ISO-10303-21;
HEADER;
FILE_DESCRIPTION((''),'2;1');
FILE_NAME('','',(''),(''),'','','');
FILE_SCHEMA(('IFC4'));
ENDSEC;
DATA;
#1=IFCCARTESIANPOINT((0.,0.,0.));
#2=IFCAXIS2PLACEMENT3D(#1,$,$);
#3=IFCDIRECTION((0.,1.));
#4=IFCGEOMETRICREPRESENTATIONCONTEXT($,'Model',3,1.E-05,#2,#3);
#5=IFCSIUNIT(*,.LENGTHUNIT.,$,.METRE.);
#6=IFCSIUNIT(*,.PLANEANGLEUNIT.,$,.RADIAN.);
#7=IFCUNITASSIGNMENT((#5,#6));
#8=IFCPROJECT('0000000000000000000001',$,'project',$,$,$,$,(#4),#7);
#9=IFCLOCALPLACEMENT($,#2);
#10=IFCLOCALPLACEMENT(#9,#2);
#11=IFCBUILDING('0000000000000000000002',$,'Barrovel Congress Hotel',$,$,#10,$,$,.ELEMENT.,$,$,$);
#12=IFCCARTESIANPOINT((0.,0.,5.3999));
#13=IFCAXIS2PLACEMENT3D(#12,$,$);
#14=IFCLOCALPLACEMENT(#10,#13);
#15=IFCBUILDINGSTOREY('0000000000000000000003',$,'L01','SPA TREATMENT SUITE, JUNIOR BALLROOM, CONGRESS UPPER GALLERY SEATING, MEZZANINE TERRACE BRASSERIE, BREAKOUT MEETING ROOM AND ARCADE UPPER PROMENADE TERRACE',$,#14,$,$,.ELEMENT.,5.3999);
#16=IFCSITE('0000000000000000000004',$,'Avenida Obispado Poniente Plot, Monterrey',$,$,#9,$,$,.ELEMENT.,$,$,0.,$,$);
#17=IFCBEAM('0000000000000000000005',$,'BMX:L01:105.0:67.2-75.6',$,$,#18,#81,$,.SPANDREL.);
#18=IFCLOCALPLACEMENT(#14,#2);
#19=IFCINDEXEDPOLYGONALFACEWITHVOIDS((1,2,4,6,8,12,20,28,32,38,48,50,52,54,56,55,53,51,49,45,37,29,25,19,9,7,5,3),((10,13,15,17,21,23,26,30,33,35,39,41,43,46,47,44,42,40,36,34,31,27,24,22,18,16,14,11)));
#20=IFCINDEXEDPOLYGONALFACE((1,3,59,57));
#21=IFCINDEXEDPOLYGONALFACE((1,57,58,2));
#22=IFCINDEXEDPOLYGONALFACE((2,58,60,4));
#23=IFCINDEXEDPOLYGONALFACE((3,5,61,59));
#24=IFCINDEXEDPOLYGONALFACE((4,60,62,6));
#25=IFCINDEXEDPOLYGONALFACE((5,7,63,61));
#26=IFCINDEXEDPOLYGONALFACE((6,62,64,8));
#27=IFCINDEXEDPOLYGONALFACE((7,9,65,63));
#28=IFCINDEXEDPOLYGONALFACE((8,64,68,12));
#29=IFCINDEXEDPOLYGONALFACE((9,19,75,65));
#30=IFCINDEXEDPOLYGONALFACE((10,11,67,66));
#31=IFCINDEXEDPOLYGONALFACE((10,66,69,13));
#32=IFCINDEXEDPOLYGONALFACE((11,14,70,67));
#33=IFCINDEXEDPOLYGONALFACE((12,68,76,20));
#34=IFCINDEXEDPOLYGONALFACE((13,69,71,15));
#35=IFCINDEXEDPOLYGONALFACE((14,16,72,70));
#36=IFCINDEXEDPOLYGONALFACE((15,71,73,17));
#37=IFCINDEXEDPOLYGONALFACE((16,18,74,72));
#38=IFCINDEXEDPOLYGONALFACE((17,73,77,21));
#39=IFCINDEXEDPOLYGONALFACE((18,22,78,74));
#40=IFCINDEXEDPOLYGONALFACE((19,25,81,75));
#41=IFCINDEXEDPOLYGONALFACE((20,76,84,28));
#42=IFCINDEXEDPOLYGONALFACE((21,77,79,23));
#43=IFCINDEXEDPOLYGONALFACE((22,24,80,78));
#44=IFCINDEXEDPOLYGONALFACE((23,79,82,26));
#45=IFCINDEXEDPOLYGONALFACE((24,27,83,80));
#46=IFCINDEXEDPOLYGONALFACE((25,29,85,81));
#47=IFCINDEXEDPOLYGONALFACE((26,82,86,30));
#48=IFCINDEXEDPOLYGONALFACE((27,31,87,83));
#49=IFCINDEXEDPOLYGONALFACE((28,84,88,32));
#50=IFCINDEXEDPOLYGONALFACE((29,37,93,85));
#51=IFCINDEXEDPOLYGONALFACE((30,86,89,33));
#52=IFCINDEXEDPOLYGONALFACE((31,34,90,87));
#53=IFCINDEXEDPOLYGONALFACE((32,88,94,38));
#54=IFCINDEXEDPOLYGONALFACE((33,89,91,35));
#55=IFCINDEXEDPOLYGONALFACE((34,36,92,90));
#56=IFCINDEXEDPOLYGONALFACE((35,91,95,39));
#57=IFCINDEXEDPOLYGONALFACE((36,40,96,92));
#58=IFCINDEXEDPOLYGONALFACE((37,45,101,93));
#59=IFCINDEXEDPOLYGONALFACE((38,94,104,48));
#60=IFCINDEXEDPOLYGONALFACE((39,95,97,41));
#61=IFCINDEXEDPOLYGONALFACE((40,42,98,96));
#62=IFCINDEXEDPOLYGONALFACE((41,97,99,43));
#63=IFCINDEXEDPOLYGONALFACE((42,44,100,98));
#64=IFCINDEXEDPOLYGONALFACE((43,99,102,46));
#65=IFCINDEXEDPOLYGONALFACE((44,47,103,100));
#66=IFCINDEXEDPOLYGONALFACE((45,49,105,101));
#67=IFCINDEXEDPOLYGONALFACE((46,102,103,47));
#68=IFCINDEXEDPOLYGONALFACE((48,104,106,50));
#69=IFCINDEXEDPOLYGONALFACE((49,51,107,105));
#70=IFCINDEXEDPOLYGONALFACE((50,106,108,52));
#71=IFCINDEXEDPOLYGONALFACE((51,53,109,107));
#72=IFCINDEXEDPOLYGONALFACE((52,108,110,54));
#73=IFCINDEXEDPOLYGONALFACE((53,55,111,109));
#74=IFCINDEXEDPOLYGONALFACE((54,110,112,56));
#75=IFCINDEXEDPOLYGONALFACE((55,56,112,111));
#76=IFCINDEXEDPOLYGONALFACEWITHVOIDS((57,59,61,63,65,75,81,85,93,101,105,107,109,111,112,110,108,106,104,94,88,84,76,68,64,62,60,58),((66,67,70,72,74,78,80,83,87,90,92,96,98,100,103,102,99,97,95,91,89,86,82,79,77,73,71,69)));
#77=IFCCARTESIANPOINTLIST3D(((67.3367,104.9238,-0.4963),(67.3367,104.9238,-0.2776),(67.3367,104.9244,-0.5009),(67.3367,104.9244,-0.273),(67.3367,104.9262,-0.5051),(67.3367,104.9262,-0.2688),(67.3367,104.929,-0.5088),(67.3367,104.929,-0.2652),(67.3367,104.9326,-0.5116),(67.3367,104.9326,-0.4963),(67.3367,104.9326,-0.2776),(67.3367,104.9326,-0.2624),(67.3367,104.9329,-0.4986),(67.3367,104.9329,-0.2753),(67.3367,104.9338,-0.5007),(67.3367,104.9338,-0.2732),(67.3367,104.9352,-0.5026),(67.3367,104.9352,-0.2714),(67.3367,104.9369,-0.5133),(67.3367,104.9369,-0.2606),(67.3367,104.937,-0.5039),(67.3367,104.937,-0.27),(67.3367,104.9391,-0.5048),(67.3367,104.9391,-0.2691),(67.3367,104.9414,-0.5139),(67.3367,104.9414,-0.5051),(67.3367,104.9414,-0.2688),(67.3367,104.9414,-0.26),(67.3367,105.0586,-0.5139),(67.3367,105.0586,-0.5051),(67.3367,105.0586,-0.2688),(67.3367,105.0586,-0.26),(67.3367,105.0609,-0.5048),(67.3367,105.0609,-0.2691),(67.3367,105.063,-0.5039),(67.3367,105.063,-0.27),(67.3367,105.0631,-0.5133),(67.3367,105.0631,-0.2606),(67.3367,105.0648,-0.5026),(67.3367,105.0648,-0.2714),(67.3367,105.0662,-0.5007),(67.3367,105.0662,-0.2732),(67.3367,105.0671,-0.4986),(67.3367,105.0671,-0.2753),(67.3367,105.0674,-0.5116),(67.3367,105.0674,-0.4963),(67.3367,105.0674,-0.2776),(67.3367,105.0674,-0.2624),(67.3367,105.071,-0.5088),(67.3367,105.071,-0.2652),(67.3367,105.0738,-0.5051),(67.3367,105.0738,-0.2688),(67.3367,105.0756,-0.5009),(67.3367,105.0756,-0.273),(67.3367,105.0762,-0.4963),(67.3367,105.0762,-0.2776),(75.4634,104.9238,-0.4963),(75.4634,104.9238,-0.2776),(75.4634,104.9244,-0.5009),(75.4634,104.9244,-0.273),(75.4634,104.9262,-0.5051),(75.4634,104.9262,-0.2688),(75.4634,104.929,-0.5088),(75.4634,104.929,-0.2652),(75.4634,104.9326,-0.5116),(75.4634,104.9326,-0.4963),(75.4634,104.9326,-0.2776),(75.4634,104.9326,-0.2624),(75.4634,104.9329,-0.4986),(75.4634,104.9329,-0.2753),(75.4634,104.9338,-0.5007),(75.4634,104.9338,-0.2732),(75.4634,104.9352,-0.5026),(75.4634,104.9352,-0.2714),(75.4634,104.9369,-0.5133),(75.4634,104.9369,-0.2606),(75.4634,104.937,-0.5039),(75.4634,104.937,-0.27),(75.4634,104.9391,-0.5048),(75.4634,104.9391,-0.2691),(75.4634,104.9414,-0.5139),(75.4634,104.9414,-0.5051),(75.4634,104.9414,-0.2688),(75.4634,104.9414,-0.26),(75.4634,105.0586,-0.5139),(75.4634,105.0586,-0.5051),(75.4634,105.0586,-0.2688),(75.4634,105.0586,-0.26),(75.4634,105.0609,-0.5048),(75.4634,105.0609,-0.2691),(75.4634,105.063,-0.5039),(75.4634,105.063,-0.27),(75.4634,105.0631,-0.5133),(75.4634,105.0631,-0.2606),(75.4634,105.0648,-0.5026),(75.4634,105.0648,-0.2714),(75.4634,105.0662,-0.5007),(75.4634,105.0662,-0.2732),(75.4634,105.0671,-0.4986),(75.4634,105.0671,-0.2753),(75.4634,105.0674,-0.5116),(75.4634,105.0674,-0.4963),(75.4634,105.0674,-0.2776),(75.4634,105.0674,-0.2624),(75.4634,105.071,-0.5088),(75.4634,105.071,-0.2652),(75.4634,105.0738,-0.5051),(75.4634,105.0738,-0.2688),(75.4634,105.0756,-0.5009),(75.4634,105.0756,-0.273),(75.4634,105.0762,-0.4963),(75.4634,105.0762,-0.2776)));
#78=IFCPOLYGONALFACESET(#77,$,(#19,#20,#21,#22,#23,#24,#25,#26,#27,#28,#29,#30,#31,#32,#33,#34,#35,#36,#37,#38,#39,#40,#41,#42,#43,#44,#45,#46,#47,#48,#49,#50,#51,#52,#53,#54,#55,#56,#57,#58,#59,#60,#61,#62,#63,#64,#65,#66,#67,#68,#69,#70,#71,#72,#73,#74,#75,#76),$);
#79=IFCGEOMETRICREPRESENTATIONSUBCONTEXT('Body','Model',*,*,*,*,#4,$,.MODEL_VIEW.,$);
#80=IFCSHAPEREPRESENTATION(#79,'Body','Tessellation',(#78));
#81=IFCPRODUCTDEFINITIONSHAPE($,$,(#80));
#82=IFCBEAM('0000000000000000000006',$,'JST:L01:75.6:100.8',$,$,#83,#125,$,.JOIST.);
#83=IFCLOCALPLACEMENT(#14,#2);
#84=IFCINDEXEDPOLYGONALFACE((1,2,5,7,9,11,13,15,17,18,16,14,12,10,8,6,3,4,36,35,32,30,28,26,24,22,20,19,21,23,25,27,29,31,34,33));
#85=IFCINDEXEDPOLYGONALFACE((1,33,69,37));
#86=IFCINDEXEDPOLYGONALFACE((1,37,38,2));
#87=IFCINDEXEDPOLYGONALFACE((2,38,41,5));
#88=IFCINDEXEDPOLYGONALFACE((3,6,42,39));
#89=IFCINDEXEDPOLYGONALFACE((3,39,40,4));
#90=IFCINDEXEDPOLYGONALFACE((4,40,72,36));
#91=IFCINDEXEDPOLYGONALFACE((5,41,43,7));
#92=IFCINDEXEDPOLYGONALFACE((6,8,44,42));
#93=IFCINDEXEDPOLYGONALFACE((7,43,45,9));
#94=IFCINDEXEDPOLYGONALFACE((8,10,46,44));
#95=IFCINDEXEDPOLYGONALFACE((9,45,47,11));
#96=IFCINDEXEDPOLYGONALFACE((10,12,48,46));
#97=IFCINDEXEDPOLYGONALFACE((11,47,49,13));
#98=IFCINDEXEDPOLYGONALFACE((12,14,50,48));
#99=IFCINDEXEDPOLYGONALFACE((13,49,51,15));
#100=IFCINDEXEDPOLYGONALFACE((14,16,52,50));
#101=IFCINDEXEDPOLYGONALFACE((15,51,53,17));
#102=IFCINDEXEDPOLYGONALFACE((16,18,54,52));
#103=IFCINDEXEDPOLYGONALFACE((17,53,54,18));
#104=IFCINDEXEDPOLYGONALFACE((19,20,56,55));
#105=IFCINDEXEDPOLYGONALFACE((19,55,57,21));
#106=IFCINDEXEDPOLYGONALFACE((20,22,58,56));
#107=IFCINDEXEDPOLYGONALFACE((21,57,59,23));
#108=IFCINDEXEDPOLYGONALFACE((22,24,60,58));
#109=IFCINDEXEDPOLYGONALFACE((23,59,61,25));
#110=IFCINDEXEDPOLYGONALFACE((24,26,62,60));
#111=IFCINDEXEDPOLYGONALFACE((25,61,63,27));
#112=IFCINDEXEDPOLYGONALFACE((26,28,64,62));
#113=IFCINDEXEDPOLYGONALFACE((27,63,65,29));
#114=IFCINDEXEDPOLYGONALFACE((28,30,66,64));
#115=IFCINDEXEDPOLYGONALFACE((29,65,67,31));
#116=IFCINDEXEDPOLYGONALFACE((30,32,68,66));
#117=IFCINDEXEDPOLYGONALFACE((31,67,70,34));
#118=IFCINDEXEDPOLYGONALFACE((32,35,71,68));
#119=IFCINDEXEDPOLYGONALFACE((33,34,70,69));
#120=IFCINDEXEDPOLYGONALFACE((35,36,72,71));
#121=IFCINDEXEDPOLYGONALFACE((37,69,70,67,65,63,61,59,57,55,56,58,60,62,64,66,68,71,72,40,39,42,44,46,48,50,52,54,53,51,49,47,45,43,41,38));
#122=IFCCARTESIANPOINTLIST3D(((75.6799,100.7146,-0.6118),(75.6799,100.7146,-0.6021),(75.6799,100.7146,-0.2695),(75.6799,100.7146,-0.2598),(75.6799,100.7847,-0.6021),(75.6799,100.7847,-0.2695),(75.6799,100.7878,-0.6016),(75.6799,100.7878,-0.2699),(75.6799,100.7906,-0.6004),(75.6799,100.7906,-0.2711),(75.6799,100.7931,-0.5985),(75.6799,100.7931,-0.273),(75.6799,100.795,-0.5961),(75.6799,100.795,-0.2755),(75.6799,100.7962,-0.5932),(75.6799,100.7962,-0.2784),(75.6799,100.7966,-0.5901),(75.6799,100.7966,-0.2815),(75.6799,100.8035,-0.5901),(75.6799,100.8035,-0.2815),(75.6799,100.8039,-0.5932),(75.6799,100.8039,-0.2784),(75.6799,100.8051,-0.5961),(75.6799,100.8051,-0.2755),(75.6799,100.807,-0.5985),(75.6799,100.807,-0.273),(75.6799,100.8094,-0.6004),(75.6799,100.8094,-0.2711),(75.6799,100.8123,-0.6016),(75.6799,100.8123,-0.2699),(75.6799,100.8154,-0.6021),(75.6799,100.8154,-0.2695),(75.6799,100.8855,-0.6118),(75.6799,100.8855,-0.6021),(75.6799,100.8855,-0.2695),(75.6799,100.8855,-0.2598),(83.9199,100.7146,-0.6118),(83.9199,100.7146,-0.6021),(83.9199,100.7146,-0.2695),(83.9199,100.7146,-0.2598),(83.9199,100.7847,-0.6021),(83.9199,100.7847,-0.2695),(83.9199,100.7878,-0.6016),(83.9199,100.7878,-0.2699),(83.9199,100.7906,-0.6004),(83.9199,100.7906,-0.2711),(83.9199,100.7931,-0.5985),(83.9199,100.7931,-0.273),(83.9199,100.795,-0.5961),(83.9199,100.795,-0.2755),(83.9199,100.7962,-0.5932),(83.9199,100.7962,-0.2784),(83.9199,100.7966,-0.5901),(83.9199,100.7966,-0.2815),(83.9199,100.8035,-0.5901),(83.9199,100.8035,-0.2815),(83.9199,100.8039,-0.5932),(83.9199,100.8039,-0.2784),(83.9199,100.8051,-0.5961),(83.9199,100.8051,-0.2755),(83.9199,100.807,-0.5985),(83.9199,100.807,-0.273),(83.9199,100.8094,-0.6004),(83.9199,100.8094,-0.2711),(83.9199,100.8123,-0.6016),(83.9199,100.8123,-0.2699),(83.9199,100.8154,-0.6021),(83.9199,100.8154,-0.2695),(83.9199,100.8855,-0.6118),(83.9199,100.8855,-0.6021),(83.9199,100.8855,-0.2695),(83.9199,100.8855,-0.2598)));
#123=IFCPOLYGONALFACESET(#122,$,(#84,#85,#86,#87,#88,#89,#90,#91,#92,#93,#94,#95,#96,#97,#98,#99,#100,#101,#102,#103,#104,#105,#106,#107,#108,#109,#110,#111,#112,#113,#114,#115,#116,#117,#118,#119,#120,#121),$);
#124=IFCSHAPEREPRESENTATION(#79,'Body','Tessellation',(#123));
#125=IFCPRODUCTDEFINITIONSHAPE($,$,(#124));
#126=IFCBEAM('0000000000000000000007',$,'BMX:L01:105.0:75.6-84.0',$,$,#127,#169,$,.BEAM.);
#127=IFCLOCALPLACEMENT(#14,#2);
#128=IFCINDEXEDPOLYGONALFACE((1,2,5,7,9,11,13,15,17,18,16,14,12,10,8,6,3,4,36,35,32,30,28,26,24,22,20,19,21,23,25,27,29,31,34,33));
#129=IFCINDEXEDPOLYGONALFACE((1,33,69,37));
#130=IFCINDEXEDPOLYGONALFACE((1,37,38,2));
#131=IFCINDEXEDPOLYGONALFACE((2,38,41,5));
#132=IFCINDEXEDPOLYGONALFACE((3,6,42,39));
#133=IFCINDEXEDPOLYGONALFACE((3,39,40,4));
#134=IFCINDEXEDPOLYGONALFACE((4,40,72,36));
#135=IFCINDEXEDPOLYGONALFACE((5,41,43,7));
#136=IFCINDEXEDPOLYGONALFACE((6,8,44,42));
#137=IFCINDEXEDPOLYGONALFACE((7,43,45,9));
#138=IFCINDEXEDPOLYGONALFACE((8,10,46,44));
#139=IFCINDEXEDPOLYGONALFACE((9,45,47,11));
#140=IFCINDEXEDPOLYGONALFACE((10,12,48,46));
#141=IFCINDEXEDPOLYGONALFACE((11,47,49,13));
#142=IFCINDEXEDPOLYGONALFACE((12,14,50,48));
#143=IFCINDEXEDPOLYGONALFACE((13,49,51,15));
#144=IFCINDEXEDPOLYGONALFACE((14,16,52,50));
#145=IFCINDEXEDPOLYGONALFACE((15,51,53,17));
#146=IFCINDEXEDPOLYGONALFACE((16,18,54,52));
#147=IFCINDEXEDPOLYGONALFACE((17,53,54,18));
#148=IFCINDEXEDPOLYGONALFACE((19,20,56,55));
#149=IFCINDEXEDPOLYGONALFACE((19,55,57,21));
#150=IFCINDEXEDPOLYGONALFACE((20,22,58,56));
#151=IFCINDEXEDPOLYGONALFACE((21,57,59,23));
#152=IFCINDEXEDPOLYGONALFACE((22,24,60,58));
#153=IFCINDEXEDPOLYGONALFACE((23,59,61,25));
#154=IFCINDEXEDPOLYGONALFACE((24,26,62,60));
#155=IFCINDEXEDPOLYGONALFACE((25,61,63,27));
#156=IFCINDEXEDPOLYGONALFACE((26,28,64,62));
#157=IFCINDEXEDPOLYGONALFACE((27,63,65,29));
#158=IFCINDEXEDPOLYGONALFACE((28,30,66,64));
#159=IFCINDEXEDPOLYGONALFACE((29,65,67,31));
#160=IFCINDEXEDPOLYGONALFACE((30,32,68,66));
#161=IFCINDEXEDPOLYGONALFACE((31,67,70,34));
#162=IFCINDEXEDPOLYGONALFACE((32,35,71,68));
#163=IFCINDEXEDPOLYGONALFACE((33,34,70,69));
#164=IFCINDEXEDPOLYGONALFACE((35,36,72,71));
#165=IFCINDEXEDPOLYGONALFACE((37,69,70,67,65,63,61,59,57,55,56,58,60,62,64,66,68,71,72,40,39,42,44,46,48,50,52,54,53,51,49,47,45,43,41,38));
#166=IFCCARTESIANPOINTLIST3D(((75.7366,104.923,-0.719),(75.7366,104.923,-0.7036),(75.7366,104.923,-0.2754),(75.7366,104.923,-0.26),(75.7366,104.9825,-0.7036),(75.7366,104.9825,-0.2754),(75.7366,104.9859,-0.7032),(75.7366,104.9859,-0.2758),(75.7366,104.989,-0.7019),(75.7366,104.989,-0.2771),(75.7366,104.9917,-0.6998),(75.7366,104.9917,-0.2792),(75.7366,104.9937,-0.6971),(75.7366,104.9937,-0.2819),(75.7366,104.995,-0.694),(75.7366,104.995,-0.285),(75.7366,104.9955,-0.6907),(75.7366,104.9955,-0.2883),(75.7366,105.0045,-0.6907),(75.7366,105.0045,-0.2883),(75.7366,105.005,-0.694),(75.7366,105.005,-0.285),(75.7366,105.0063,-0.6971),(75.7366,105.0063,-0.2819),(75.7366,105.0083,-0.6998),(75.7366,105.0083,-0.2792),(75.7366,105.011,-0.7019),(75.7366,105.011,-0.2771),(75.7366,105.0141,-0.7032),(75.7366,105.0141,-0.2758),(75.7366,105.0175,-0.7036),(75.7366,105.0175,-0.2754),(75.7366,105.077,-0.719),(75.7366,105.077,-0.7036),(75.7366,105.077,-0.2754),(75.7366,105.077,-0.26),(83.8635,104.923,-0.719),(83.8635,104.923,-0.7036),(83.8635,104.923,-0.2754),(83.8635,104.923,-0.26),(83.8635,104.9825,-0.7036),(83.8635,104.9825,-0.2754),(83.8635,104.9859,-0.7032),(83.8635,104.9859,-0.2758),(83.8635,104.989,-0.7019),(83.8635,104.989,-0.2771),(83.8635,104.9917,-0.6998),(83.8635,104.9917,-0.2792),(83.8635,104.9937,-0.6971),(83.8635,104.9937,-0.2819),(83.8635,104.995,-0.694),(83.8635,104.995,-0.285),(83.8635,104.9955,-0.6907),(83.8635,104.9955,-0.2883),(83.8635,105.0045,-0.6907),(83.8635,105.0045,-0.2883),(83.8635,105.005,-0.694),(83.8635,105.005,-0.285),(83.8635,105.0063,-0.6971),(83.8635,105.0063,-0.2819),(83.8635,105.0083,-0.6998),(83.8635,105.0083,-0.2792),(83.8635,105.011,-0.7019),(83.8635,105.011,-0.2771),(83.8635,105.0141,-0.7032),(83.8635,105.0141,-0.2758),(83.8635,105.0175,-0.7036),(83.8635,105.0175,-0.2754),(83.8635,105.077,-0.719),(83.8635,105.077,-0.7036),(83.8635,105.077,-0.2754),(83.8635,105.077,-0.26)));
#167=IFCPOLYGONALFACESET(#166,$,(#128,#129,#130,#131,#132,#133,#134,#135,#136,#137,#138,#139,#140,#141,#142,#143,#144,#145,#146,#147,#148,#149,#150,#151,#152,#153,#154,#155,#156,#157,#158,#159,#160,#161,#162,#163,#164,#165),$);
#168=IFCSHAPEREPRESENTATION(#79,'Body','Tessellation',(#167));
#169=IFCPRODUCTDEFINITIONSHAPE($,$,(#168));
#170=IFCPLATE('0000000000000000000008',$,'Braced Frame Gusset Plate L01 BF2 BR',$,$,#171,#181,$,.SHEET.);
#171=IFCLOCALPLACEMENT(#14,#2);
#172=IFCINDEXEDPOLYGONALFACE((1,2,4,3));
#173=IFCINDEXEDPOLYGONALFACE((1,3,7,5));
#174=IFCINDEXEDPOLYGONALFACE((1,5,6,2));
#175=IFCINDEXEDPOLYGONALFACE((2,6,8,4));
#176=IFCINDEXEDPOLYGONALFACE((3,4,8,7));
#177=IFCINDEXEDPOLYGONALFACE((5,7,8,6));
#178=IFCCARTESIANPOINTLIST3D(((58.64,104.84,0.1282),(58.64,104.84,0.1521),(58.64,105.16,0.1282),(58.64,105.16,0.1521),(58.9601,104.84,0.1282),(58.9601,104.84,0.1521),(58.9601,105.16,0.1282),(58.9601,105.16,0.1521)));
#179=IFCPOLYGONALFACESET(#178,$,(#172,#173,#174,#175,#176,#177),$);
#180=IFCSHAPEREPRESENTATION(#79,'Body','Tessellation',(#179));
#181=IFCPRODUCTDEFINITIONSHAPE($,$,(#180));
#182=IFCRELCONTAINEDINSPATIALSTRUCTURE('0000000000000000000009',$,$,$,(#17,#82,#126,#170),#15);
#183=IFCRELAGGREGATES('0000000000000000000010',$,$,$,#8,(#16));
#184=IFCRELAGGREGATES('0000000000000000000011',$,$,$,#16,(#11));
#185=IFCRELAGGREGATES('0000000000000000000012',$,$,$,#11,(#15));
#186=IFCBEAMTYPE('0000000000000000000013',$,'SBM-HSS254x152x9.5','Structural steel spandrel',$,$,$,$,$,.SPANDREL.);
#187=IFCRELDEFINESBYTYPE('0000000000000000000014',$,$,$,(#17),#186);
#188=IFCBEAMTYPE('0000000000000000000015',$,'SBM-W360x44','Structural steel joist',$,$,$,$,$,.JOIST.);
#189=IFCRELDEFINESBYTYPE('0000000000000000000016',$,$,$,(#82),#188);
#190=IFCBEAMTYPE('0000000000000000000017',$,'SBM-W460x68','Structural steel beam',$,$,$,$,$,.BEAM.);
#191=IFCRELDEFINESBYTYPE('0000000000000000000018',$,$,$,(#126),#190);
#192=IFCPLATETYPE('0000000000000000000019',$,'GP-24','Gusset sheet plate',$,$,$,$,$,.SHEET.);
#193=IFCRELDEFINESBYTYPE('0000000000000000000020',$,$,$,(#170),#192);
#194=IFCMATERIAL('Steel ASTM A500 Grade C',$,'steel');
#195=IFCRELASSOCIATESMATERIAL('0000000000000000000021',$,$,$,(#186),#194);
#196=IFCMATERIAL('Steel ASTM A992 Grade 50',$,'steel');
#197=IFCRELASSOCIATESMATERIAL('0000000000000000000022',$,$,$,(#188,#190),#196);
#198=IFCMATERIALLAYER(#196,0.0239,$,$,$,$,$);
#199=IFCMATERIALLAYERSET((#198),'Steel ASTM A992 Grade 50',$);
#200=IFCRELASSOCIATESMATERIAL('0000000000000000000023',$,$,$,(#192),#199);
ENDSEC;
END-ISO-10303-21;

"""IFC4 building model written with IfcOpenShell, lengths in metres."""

from ifc_helpers import new_model, si_unit, direction, frame, origin, origin_2d, place, context, subcontext, project, spatial, rectangle, hollow_rectangle, i_section, extrude, material, layer, layer_set, material_profile, profile_set, type_object, element, save


model = new_model("IFC4")

# Units and contexts
model_context = context("Model", 3, precision=1e-05, world=origin(), true_north=direction((0.0, 1.0)))
body_context = subcontext(model_context, "Body", "Model", "MODEL_VIEW")
ifc_project = project(units=[si_unit("LENGTHUNIT", "METRE"), si_unit("PLANEANGLEUNIT", "RADIAN")], contexts=[model_context])

# Site, building, storey
site_placement = place(None, origin())
site = spatial("IfcSite", under=ifc_project, at=site_placement, Name="Avenida Obispado Poniente Plot, Monterrey", CompositionType="ELEMENT", RefElevation=0.0)
building_placement = place(site_placement, origin())
building = spatial("IfcBuilding", under=site, at=building_placement, Name="Barrovel Congress Hotel", CompositionType="ELEMENT")
storey_placement = place(building_placement, frame((0.0, 0.0, 5.3999)))
storey = spatial("IfcBuildingStorey", under=building, at=storey_placement, Name="L01", Description="SPA TREATMENT SUITE, JUNIOR BALLROOM, CONGRESS UPPER GALLERY SEATING, MEZZANINE TERRACE BRASSERIE, BREAKOUT MEETING ROOM AND ARCADE UPPER PROMENADE TERRACE", CompositionType="ELEMENT", Elevation=5.3999)

# Shared definitions
ifc_material_1 = material(Name="Steel ASTM A500 Grade C", Category="steel")

# Beams
ifc_material_profile_1 = material_profile(ifc_material_1, hollow_rectangle(XDim=0.1523, YDim=0.2539, WallThickness=0.0088, InnerFilletRadius=0.0088, OuterFilletRadius=0.0176, at=origin_2d()), Name="HSS254x152x9.5")
ifc_profile_set_1 = profile_set([ifc_material_profile_1], Name="Steel ASTM A500 Grade C")
beam_type_1 = type_object("IfcBeamType", Name="SBM-HSS254x152x9.5", Description="Structural steel spandrel", PredefinedType="SPANDREL", material=ifc_profile_set_1)
beam_1_placement = place(storey_placement, frame((67.3367, 105.0, -0.387), z_axis=(1.0, 0.0, 0.0), x_axis=(0.0, 1.0, 0.0)))
element("IfcBeam", 1, at=beam_1_placement, inside=storey, type_object=beam_type_1, Name="BMX:L01:105.0:67.2-75.6", PredefinedType="SPANDREL", context=body_context, shape_type="SweptSolid", body=[
    extrude(hollow_rectangle(XDim=0.1523, YDim=0.2539, WallThickness=0.0088, InnerFilletRadius=0.0088, OuterFilletRadius=0.0176, at=origin_2d()), origin(), (0.0, 0.0, 1.0), 8.1267),
])
ifc_material_2 = material(Name="Steel ASTM A992 Grade 50", Category="steel")
ifc_material_profile_2 = material_profile(ifc_material_2, i_section(OverallWidth=0.1709, OverallDepth=0.3521, WebThickness=0.0068, FlangeThickness=0.0098, FilletRadius=0.012, at=origin_2d()), Name="W360x44")
ifc_profile_set_2 = profile_set([ifc_material_profile_2], Name="Steel ASTM A992 Grade 50")
beam_type_2 = type_object("IfcBeamType", Name="SBM-W360x44", Description="Structural steel joist", PredefinedType="JOIST", material=ifc_profile_set_2)
beam_2_placement = place(storey_placement, frame((75.6799, 100.8, -0.4358), z_axis=(1.0, 0.0, 0.0), x_axis=(0.0, 1.0, 0.0)))
element("IfcBeam", 2, at=beam_2_placement, inside=storey, type_object=beam_type_2, Name="JST:L01:75.6:100.8", PredefinedType="JOIST", context=body_context, shape_type="SweptSolid", body=[
    extrude(i_section(OverallWidth=0.1709, OverallDepth=0.3521, WebThickness=0.0068, FlangeThickness=0.0098, FilletRadius=0.012, at=origin_2d()), origin(), (0.0, 0.0, 1.0), 8.24),
])
ifc_material_profile_3 = material_profile(ifc_material_2, i_section(OverallWidth=0.1541, OverallDepth=0.459, WebThickness=0.009, FlangeThickness=0.0154, FilletRadius=0.0129, at=origin_2d()), Name="W460x68")
ifc_profile_set_3 = profile_set([ifc_material_profile_3], Name="Steel ASTM A992 Grade 50")
beam_type_3 = type_object("IfcBeamType", Name="SBM-W460x68", Description="Structural steel beam", PredefinedType="BEAM", material=ifc_profile_set_3)
beam_3_placement = place(storey_placement, frame((75.7366, 105.0, -0.4895), z_axis=(1.0, 0.0, 0.0), x_axis=(0.0, 1.0, 0.0)))
element("IfcBeam", 3, at=beam_3_placement, inside=storey, type_object=beam_type_3, Name="BMX:L01:105.0:75.6-84.0", PredefinedType="BEAM", context=body_context, shape_type="SweptSolid", body=[
    extrude(i_section(OverallWidth=0.1541, OverallDepth=0.459, WebThickness=0.009, FlangeThickness=0.0154, FilletRadius=0.0129, at=origin_2d()), origin(), (0.0, 0.0, 1.0), 8.127),
])

# Plate
ifc_layer_1 = layer(ifc_material_2, 0.0239)
ifc_layer_set_1 = layer_set([ifc_layer_1], Name="Steel ASTM A992 Grade 50")
plate_type = type_object("IfcPlateType", Name="GP-24", Description="Gusset sheet plate", PredefinedType="SHEET", material=ifc_layer_set_1)
plate_placement = place(storey_placement, frame((58.8, 105.0, 0.1282), z_axis=(0.0, 0.0, 1.0), x_axis=(1.0, 0.0, 0.0)))
element("IfcPlate", 4, at=plate_placement, inside=storey, type_object=plate_type, Name="Braced Frame Gusset Plate L01 BF2 BR", PredefinedType="SHEET", context=body_context, shape_type="SweptSolid", body=[
    extrude(rectangle(XDim=0.3201, YDim=0.3201, at=origin_2d()), origin(), (0.0, 0.0, 1.0), 0.0239),
])

save(model, "model.ifc")
